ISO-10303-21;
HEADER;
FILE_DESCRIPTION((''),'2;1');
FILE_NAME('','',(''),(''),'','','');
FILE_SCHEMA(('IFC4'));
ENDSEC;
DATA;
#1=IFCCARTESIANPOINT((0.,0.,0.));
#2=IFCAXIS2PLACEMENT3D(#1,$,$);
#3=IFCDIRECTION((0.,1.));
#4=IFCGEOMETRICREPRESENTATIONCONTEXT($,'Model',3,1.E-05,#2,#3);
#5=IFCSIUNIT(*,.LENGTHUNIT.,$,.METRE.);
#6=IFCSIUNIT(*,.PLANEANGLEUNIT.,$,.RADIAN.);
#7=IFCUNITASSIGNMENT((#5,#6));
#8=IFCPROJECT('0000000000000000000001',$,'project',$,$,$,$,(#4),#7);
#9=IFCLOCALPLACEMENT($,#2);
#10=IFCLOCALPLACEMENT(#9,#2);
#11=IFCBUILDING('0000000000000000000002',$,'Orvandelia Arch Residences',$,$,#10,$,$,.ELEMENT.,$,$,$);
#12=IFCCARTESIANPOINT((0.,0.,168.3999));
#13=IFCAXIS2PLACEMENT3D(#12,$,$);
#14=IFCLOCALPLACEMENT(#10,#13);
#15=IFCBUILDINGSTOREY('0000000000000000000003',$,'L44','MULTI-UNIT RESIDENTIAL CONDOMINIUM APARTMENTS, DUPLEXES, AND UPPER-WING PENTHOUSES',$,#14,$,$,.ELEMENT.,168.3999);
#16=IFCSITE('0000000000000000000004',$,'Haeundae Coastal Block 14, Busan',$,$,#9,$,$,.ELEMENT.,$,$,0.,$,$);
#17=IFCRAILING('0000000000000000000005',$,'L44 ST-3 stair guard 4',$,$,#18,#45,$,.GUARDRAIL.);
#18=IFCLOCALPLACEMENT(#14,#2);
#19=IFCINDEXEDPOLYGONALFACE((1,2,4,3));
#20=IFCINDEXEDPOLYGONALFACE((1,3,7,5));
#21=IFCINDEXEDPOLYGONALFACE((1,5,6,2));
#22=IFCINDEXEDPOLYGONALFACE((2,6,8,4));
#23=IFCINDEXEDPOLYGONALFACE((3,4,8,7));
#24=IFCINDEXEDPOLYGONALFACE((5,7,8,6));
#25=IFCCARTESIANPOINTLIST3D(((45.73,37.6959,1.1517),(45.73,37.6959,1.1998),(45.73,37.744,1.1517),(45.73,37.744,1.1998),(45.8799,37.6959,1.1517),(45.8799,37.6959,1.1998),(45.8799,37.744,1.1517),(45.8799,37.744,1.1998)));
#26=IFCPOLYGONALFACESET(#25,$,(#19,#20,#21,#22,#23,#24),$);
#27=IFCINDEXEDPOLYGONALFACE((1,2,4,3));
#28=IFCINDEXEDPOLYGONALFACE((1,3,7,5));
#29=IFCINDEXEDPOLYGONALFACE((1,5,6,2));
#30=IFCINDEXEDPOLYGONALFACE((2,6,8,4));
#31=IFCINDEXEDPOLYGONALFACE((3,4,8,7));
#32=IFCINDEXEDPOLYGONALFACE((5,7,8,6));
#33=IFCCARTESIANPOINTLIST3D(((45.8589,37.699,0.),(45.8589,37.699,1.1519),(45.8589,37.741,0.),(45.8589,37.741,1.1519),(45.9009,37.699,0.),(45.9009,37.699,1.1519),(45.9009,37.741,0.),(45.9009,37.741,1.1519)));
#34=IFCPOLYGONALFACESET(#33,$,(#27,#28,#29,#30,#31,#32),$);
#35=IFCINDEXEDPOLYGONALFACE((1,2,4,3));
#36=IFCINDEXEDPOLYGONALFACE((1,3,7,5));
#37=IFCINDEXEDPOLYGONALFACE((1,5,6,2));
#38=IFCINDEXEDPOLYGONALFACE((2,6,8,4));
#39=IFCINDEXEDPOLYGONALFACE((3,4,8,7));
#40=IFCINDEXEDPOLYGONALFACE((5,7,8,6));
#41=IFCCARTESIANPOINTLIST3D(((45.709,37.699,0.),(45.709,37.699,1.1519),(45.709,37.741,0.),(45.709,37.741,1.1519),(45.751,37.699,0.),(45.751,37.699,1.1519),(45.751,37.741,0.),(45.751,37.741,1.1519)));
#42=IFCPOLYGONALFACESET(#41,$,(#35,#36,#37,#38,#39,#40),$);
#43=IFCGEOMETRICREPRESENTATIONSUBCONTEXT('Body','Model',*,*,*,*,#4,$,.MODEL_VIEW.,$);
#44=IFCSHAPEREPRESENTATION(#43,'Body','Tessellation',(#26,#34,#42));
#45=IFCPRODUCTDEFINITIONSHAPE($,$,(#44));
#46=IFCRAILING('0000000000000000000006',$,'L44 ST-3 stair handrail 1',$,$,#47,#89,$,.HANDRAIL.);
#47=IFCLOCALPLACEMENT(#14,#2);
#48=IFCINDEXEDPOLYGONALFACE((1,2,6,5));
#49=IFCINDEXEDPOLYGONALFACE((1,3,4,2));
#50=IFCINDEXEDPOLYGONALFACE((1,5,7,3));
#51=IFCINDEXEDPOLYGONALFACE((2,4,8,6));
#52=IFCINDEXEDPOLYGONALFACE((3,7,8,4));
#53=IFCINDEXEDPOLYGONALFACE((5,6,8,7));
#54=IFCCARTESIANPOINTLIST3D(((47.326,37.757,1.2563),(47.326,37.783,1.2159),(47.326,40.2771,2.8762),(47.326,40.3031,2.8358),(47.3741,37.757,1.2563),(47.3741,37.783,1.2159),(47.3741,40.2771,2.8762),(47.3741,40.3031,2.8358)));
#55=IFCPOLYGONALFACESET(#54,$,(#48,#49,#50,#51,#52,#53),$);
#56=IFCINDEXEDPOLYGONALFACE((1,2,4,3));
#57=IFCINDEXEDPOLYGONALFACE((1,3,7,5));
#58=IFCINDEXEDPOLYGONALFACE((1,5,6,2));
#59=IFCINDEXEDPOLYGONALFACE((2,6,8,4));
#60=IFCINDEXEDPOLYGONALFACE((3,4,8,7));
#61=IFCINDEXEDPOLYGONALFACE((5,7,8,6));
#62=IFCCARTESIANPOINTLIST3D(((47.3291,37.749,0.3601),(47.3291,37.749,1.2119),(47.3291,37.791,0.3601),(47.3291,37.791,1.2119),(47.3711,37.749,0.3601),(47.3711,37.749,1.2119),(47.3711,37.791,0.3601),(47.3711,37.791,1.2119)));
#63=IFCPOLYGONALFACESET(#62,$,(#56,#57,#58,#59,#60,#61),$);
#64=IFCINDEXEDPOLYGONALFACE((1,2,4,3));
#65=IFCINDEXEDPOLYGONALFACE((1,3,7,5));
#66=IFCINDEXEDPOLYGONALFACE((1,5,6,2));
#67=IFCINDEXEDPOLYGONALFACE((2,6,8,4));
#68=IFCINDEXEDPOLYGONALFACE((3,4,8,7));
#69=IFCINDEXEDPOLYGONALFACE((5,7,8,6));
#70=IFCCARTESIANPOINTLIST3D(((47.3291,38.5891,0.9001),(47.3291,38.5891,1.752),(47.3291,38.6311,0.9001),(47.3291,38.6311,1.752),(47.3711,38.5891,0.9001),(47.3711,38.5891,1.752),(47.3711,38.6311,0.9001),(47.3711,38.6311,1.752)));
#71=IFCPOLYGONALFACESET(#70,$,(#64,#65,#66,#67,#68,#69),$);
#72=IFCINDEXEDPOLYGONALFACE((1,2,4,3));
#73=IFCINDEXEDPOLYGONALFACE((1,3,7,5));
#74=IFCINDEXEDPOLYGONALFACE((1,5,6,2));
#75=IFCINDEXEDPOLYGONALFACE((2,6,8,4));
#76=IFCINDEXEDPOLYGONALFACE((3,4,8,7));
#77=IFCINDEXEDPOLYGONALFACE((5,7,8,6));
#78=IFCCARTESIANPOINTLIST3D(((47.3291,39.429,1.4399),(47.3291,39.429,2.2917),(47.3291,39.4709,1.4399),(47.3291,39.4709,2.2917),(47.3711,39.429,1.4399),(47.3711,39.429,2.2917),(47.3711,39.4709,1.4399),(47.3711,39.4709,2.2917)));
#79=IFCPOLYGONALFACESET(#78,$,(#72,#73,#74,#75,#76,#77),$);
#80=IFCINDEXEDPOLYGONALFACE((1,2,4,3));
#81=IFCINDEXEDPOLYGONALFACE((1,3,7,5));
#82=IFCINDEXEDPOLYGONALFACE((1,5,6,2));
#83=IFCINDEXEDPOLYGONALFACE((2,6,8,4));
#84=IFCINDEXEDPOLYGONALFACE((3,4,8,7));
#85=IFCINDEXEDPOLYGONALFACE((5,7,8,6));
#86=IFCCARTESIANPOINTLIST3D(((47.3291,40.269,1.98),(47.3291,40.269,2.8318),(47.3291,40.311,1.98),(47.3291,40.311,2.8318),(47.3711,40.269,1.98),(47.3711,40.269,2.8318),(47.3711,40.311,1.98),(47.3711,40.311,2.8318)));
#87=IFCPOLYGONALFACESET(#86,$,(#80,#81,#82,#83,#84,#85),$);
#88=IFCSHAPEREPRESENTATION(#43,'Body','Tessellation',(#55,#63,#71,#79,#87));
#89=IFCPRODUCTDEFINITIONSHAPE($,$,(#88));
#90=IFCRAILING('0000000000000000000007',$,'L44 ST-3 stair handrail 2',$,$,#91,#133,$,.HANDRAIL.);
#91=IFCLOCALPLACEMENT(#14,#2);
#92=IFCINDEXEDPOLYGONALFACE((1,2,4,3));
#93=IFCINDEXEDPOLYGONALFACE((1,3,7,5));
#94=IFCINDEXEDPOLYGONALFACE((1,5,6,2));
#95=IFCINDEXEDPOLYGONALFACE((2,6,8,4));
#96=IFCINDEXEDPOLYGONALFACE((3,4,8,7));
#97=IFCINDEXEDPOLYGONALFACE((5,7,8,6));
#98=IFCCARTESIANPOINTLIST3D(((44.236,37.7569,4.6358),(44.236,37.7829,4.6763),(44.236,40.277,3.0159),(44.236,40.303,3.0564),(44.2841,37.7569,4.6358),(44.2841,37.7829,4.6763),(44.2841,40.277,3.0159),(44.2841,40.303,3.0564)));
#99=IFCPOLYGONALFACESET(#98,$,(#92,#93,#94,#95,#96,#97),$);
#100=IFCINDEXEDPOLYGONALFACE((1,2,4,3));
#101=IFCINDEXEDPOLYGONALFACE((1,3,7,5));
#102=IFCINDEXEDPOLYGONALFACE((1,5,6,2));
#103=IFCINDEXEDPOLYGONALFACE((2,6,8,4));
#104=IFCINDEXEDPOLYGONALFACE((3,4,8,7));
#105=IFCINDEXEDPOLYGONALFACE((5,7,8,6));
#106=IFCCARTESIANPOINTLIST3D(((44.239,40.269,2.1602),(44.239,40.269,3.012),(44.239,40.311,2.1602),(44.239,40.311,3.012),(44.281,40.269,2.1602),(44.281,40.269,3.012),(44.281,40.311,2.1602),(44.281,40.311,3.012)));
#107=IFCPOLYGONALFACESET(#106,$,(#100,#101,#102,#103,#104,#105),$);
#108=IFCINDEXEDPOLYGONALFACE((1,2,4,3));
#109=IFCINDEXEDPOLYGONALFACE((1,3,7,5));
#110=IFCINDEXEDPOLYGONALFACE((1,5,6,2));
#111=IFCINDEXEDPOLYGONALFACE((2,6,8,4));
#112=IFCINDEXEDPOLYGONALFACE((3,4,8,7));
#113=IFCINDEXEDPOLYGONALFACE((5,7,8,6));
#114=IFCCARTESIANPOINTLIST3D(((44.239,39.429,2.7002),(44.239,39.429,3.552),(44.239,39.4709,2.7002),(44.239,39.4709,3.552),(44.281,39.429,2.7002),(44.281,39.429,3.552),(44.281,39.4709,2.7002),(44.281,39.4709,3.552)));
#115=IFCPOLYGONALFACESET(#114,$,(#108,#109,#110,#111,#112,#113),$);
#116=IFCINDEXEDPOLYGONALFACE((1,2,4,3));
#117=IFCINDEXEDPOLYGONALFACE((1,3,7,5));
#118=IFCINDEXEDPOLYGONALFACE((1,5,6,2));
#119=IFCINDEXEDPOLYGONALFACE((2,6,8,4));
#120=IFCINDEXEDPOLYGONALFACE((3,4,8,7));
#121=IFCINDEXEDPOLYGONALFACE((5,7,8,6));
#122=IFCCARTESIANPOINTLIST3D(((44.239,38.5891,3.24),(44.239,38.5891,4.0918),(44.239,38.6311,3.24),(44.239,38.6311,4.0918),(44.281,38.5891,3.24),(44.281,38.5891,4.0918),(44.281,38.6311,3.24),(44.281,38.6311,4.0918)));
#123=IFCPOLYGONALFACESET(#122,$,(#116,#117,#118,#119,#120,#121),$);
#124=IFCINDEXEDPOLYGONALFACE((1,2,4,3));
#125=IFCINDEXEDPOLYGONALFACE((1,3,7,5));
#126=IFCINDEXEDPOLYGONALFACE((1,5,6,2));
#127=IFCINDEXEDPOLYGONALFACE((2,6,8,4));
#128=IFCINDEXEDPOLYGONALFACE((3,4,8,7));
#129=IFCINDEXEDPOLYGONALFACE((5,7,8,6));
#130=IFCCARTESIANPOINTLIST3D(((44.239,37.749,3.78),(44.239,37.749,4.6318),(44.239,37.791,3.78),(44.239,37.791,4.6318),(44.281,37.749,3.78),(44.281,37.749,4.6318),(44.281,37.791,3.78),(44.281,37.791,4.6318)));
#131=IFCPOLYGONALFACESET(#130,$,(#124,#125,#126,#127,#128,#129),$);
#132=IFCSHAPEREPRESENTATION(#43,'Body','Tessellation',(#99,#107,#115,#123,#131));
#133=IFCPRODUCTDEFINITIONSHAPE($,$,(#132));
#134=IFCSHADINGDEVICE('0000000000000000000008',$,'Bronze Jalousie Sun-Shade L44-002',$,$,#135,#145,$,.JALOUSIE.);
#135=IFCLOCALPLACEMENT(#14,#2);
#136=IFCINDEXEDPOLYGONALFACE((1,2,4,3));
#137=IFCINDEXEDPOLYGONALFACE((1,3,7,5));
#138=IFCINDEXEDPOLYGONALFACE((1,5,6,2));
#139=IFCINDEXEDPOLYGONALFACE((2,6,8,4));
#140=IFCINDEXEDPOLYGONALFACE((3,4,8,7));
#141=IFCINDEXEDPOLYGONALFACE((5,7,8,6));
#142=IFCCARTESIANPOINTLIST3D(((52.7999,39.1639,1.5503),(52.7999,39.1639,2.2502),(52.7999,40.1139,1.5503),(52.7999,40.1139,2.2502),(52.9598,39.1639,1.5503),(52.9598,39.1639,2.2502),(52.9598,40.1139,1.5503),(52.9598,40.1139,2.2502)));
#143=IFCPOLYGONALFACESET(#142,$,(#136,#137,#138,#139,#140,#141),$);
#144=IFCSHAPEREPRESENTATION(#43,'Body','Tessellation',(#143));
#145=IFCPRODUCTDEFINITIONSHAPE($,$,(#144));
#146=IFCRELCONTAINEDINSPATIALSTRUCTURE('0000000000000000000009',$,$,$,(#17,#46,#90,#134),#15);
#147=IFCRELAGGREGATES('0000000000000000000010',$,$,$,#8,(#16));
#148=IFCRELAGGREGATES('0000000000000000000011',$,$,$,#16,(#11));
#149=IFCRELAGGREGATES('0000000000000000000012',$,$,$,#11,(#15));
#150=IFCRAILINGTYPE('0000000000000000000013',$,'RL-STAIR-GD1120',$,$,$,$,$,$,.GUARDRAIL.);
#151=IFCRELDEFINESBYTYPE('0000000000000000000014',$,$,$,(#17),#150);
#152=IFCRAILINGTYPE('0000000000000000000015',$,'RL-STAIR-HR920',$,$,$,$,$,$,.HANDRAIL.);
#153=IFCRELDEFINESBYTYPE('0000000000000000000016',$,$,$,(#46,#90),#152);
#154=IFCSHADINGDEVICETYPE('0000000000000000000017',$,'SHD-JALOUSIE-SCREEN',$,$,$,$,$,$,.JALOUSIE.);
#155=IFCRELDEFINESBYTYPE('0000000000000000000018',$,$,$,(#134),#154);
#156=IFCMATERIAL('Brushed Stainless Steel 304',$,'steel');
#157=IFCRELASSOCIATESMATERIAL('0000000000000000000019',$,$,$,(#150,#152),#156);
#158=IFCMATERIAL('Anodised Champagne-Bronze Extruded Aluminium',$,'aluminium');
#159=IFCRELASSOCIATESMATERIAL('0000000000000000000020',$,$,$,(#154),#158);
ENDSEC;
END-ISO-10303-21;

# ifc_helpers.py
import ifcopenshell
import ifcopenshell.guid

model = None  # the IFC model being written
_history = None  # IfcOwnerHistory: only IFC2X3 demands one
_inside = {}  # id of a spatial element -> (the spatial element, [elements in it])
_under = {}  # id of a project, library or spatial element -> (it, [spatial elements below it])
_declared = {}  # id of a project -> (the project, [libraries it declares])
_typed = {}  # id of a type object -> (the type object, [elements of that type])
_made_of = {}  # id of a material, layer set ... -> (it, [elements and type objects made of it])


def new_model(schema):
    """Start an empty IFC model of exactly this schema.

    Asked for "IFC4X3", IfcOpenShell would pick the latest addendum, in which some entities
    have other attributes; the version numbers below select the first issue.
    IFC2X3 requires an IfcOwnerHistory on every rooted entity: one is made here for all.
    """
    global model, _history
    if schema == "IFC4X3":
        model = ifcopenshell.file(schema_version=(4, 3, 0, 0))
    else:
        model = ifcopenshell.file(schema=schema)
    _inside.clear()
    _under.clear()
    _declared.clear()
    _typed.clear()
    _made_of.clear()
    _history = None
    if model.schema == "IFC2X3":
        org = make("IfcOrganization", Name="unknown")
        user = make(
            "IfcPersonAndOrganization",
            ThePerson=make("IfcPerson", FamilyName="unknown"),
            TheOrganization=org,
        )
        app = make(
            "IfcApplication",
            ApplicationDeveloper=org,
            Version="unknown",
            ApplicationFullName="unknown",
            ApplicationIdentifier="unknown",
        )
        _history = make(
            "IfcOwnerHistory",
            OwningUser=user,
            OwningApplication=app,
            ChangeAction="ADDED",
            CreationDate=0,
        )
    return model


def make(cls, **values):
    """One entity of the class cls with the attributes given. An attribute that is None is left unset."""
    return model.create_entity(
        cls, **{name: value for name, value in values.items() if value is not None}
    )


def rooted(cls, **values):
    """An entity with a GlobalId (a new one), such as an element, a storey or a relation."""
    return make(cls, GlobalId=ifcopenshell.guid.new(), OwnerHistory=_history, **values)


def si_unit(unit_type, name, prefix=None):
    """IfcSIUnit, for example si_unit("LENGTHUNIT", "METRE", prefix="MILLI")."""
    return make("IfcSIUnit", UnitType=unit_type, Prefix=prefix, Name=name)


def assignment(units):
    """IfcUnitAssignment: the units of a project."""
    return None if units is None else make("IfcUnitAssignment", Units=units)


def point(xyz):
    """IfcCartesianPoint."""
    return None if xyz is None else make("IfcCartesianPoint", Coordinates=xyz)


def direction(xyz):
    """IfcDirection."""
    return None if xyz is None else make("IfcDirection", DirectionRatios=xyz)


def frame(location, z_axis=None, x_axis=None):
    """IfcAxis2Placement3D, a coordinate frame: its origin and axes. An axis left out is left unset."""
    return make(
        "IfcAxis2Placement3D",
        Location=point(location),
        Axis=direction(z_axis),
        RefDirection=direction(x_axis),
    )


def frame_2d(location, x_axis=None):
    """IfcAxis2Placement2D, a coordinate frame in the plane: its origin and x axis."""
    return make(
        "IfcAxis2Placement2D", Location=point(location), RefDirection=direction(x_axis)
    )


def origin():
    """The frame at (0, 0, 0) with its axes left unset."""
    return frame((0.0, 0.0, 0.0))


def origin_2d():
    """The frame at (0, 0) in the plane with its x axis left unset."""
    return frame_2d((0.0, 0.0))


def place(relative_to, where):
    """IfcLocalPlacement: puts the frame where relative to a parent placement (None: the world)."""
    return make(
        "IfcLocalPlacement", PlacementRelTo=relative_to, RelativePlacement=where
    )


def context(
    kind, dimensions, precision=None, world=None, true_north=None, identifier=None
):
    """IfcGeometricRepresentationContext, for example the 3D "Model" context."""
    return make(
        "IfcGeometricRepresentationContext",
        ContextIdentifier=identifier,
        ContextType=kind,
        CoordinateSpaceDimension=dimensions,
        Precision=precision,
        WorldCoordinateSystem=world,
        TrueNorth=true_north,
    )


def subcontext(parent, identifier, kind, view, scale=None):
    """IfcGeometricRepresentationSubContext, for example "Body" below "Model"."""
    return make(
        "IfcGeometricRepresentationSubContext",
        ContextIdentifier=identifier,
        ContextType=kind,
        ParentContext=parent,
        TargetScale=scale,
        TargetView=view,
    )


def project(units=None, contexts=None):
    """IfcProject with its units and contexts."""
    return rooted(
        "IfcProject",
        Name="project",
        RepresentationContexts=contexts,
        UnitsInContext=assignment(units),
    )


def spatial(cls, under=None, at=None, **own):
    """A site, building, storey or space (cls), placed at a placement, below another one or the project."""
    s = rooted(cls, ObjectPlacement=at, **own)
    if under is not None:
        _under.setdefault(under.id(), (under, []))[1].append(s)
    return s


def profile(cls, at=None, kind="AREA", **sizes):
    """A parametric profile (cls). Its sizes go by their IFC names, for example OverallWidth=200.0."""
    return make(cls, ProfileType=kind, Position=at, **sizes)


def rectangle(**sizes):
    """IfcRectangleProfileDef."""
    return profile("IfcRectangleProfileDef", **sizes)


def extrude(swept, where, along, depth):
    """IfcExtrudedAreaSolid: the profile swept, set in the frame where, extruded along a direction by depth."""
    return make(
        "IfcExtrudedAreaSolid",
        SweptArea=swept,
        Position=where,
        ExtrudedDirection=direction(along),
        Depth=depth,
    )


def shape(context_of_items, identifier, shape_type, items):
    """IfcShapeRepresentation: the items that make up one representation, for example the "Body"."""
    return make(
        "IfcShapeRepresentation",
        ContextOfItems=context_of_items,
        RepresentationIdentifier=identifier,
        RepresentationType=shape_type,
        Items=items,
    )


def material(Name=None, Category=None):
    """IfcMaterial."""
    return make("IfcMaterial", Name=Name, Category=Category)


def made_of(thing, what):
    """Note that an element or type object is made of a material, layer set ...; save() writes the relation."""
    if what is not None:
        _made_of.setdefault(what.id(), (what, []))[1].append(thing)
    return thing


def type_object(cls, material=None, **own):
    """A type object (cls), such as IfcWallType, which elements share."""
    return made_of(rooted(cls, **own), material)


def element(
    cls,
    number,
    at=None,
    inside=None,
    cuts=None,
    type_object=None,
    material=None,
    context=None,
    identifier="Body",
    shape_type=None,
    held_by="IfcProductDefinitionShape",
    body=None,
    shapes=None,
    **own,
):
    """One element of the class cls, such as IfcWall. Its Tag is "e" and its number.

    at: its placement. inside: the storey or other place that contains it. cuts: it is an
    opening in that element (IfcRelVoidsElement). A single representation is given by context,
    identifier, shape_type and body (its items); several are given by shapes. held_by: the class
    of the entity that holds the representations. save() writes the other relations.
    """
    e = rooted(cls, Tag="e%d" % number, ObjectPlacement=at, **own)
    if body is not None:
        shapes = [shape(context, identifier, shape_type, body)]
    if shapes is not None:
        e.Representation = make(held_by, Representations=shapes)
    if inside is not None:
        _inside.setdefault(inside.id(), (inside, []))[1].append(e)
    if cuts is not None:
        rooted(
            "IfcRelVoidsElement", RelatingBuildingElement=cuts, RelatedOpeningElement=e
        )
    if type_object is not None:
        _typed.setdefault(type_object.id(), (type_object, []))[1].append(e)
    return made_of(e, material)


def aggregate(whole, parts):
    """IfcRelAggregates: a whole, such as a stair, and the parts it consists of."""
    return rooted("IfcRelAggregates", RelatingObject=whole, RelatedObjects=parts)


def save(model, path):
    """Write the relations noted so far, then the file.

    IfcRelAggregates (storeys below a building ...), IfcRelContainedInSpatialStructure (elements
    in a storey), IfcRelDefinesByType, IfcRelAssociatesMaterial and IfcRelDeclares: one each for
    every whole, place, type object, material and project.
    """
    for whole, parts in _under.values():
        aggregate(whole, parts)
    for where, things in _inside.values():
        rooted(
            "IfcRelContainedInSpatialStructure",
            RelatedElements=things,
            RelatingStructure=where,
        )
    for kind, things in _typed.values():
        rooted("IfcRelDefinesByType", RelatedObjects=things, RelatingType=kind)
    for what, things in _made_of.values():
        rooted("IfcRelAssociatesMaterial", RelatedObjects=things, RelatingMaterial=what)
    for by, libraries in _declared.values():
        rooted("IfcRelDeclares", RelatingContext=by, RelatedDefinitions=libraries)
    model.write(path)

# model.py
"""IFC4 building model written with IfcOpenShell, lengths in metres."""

from ifc_helpers import new_model, si_unit, direction, frame, origin, origin_2d, place, context, subcontext, project, spatial, rectangle, extrude, material, type_object, element, save


model = new_model("IFC4")

# Units and contexts
model_context = context("Model", 3, precision=1e-05, world=origin(), true_north=direction((0.0, 1.0)))
body_context = subcontext(model_context, "Body", "Model", "MODEL_VIEW")
ifc_project = project(units=[si_unit("LENGTHUNIT", "METRE"), si_unit("PLANEANGLEUNIT", "RADIAN")], contexts=[model_context])

# Site, building, storey
site_placement = place(None, origin())
site = spatial("IfcSite", under=ifc_project, at=site_placement, Name="Haeundae Coastal Block 14, Busan", CompositionType="ELEMENT", RefElevation=0.0)
building_placement = place(site_placement, origin())
building = spatial("IfcBuilding", under=site, at=building_placement, Name="Orvandelia Arch Residences", CompositionType="ELEMENT")
storey_placement = place(building_placement, frame((0.0, 0.0, 168.3999)))
storey = spatial("IfcBuildingStorey", under=building, at=storey_placement, Name="L44", Description="MULTI-UNIT RESIDENTIAL CONDOMINIUM APARTMENTS, DUPLEXES, AND UPPER-WING PENTHOUSES", CompositionType="ELEMENT", Elevation=168.3999)

# Railings
ifc_material_1 = material(Name="Brushed Stainless Steel 304", Category="steel")
railing_type_1 = type_object("IfcRailingType", Name="RL-STAIR-GD1120", PredefinedType="GUARDRAIL", material=ifc_material_1)
railing_1_placement = place(storey_placement, frame((45.8799, 37.72, 0.0)))
element("IfcRailing", 1, at=railing_1_placement, inside=storey, type_object=railing_type_1, Name="L44 ST-3 stair guard 4", PredefinedType="GUARDRAIL", context=body_context, shape_type="SweptSolid", body=[
    extrude(rectangle(XDim=0.0481, YDim=0.0481, at=origin_2d()), frame((0.0, 0.0, 1.1758), z_axis=(-1.0, 0.0, 0.0), x_axis=(0.0, -1.0, 0.0)), (0.0, 0.0, 1.0), 0.1499),
    extrude(rectangle(XDim=0.042, YDim=0.042, at=origin_2d()), origin(), (0.0, 0.0, 1.0), 1.1519),
    extrude(rectangle(XDim=0.042, YDim=0.042, at=origin_2d()), frame((-0.1499, 0.0, 0.0)), (0.0, 0.0, 1.0), 1.1519),
])
railing_type_2 = type_object("IfcRailingType", Name="RL-STAIR-HR920", PredefinedType="HANDRAIL", material=ifc_material_1)
railing_2_placement = place(storey_placement, frame((47.3501, 37.77, 0.3601)))
element("IfcRailing", 2, at=railing_2_placement, inside=storey, type_object=railing_type_2, Name="L44 ST-3 stair handrail 1", PredefinedType="HANDRAIL", context=body_context, shape_type="SweptSolid", body=[
    extrude(rectangle(XDim=0.0481, YDim=0.0481, at=origin_2d()), frame((0.0, 0.0, 0.876), z_axis=(0.0, 0.8412, 0.540725), x_axis=(-1.0, 0.0, 0.0)), (0.0, 0.0, 1.0), 2.9958),
    extrude(rectangle(XDim=0.042, YDim=0.042, at=origin_2d()), origin(), (0.0, 0.0, 1.0), 0.8518),
    extrude(rectangle(XDim=0.042, YDim=0.042, at=origin_2d()), frame((0.0, 0.8401, 0.54)), (0.0, 0.0, 1.0), 0.8518),
    extrude(rectangle(XDim=0.042, YDim=0.042, at=origin_2d()), frame((0.0, 1.6799, 1.0798)), (0.0, 0.0, 1.0), 0.8518),
    extrude(rectangle(XDim=0.042, YDim=0.042, at=origin_2d()), frame((0.0, 2.52, 1.6199)), (0.0, 0.0, 1.0), 0.8518),
])
railing_3_placement = place(storey_placement, frame((44.26, 40.29, 2.1602)))
element("IfcRailing", 3, at=railing_3_placement, inside=storey, type_object=railing_type_2, Name="L44 ST-3 stair handrail 2", PredefinedType="HANDRAIL", context=body_context, shape_type="SweptSolid", body=[
    extrude(rectangle(XDim=0.0481, YDim=0.0481, at=origin_2d()), frame((0.0, 0.0, 0.876), z_axis=(0.0, -0.8412, 0.540725), x_axis=(1.0, 0.0, 0.0)), (0.0, 0.0, 1.0), 2.9958),
    extrude(rectangle(XDim=0.042, YDim=0.042, at=origin_2d()), origin(), (0.0, 0.0, 1.0), 0.8518),
    extrude(rectangle(XDim=0.042, YDim=0.042, at=origin_2d()), frame((0.0, -0.8401, 0.54)), (0.0, 0.0, 1.0), 0.8518),
    extrude(rectangle(XDim=0.042, YDim=0.042, at=origin_2d()), frame((0.0, -1.6799, 1.0798)), (0.0, 0.0, 1.0), 0.8518),
    extrude(rectangle(XDim=0.042, YDim=0.042, at=origin_2d()), frame((0.0, -2.52, 1.6199)), (0.0, 0.0, 1.0), 0.8518),
])

# Shading device
ifc_material_2 = material(Name="Anodised Champagne-Bronze Extruded Aluminium", Category="aluminium")
shading_device_type = type_object("IfcShadingDeviceType", Name="SHD-JALOUSIE-SCREEN", PredefinedType="JALOUSIE", material=ifc_material_2)
shading_device_placement = place(storey_placement, frame((52.8799, 39.6389, 1.5503), z_axis=(0.0, 0.0, 1.0), x_axis=(0.0, -1.0, 0.0)))
element("IfcShadingDevice", 4, at=shading_device_placement, inside=storey, type_object=shading_device_type, Name="Bronze Jalousie Sun-Shade L44-002", PredefinedType="JALOUSIE", context=body_context, shape_type="SweptSolid", body=[
    extrude(rectangle(XDim=0.95, YDim=0.1599, at=origin_2d()), origin(), (0.0, 0.0, 1.0), 0.7),
])

save(model, "model.ifc")
